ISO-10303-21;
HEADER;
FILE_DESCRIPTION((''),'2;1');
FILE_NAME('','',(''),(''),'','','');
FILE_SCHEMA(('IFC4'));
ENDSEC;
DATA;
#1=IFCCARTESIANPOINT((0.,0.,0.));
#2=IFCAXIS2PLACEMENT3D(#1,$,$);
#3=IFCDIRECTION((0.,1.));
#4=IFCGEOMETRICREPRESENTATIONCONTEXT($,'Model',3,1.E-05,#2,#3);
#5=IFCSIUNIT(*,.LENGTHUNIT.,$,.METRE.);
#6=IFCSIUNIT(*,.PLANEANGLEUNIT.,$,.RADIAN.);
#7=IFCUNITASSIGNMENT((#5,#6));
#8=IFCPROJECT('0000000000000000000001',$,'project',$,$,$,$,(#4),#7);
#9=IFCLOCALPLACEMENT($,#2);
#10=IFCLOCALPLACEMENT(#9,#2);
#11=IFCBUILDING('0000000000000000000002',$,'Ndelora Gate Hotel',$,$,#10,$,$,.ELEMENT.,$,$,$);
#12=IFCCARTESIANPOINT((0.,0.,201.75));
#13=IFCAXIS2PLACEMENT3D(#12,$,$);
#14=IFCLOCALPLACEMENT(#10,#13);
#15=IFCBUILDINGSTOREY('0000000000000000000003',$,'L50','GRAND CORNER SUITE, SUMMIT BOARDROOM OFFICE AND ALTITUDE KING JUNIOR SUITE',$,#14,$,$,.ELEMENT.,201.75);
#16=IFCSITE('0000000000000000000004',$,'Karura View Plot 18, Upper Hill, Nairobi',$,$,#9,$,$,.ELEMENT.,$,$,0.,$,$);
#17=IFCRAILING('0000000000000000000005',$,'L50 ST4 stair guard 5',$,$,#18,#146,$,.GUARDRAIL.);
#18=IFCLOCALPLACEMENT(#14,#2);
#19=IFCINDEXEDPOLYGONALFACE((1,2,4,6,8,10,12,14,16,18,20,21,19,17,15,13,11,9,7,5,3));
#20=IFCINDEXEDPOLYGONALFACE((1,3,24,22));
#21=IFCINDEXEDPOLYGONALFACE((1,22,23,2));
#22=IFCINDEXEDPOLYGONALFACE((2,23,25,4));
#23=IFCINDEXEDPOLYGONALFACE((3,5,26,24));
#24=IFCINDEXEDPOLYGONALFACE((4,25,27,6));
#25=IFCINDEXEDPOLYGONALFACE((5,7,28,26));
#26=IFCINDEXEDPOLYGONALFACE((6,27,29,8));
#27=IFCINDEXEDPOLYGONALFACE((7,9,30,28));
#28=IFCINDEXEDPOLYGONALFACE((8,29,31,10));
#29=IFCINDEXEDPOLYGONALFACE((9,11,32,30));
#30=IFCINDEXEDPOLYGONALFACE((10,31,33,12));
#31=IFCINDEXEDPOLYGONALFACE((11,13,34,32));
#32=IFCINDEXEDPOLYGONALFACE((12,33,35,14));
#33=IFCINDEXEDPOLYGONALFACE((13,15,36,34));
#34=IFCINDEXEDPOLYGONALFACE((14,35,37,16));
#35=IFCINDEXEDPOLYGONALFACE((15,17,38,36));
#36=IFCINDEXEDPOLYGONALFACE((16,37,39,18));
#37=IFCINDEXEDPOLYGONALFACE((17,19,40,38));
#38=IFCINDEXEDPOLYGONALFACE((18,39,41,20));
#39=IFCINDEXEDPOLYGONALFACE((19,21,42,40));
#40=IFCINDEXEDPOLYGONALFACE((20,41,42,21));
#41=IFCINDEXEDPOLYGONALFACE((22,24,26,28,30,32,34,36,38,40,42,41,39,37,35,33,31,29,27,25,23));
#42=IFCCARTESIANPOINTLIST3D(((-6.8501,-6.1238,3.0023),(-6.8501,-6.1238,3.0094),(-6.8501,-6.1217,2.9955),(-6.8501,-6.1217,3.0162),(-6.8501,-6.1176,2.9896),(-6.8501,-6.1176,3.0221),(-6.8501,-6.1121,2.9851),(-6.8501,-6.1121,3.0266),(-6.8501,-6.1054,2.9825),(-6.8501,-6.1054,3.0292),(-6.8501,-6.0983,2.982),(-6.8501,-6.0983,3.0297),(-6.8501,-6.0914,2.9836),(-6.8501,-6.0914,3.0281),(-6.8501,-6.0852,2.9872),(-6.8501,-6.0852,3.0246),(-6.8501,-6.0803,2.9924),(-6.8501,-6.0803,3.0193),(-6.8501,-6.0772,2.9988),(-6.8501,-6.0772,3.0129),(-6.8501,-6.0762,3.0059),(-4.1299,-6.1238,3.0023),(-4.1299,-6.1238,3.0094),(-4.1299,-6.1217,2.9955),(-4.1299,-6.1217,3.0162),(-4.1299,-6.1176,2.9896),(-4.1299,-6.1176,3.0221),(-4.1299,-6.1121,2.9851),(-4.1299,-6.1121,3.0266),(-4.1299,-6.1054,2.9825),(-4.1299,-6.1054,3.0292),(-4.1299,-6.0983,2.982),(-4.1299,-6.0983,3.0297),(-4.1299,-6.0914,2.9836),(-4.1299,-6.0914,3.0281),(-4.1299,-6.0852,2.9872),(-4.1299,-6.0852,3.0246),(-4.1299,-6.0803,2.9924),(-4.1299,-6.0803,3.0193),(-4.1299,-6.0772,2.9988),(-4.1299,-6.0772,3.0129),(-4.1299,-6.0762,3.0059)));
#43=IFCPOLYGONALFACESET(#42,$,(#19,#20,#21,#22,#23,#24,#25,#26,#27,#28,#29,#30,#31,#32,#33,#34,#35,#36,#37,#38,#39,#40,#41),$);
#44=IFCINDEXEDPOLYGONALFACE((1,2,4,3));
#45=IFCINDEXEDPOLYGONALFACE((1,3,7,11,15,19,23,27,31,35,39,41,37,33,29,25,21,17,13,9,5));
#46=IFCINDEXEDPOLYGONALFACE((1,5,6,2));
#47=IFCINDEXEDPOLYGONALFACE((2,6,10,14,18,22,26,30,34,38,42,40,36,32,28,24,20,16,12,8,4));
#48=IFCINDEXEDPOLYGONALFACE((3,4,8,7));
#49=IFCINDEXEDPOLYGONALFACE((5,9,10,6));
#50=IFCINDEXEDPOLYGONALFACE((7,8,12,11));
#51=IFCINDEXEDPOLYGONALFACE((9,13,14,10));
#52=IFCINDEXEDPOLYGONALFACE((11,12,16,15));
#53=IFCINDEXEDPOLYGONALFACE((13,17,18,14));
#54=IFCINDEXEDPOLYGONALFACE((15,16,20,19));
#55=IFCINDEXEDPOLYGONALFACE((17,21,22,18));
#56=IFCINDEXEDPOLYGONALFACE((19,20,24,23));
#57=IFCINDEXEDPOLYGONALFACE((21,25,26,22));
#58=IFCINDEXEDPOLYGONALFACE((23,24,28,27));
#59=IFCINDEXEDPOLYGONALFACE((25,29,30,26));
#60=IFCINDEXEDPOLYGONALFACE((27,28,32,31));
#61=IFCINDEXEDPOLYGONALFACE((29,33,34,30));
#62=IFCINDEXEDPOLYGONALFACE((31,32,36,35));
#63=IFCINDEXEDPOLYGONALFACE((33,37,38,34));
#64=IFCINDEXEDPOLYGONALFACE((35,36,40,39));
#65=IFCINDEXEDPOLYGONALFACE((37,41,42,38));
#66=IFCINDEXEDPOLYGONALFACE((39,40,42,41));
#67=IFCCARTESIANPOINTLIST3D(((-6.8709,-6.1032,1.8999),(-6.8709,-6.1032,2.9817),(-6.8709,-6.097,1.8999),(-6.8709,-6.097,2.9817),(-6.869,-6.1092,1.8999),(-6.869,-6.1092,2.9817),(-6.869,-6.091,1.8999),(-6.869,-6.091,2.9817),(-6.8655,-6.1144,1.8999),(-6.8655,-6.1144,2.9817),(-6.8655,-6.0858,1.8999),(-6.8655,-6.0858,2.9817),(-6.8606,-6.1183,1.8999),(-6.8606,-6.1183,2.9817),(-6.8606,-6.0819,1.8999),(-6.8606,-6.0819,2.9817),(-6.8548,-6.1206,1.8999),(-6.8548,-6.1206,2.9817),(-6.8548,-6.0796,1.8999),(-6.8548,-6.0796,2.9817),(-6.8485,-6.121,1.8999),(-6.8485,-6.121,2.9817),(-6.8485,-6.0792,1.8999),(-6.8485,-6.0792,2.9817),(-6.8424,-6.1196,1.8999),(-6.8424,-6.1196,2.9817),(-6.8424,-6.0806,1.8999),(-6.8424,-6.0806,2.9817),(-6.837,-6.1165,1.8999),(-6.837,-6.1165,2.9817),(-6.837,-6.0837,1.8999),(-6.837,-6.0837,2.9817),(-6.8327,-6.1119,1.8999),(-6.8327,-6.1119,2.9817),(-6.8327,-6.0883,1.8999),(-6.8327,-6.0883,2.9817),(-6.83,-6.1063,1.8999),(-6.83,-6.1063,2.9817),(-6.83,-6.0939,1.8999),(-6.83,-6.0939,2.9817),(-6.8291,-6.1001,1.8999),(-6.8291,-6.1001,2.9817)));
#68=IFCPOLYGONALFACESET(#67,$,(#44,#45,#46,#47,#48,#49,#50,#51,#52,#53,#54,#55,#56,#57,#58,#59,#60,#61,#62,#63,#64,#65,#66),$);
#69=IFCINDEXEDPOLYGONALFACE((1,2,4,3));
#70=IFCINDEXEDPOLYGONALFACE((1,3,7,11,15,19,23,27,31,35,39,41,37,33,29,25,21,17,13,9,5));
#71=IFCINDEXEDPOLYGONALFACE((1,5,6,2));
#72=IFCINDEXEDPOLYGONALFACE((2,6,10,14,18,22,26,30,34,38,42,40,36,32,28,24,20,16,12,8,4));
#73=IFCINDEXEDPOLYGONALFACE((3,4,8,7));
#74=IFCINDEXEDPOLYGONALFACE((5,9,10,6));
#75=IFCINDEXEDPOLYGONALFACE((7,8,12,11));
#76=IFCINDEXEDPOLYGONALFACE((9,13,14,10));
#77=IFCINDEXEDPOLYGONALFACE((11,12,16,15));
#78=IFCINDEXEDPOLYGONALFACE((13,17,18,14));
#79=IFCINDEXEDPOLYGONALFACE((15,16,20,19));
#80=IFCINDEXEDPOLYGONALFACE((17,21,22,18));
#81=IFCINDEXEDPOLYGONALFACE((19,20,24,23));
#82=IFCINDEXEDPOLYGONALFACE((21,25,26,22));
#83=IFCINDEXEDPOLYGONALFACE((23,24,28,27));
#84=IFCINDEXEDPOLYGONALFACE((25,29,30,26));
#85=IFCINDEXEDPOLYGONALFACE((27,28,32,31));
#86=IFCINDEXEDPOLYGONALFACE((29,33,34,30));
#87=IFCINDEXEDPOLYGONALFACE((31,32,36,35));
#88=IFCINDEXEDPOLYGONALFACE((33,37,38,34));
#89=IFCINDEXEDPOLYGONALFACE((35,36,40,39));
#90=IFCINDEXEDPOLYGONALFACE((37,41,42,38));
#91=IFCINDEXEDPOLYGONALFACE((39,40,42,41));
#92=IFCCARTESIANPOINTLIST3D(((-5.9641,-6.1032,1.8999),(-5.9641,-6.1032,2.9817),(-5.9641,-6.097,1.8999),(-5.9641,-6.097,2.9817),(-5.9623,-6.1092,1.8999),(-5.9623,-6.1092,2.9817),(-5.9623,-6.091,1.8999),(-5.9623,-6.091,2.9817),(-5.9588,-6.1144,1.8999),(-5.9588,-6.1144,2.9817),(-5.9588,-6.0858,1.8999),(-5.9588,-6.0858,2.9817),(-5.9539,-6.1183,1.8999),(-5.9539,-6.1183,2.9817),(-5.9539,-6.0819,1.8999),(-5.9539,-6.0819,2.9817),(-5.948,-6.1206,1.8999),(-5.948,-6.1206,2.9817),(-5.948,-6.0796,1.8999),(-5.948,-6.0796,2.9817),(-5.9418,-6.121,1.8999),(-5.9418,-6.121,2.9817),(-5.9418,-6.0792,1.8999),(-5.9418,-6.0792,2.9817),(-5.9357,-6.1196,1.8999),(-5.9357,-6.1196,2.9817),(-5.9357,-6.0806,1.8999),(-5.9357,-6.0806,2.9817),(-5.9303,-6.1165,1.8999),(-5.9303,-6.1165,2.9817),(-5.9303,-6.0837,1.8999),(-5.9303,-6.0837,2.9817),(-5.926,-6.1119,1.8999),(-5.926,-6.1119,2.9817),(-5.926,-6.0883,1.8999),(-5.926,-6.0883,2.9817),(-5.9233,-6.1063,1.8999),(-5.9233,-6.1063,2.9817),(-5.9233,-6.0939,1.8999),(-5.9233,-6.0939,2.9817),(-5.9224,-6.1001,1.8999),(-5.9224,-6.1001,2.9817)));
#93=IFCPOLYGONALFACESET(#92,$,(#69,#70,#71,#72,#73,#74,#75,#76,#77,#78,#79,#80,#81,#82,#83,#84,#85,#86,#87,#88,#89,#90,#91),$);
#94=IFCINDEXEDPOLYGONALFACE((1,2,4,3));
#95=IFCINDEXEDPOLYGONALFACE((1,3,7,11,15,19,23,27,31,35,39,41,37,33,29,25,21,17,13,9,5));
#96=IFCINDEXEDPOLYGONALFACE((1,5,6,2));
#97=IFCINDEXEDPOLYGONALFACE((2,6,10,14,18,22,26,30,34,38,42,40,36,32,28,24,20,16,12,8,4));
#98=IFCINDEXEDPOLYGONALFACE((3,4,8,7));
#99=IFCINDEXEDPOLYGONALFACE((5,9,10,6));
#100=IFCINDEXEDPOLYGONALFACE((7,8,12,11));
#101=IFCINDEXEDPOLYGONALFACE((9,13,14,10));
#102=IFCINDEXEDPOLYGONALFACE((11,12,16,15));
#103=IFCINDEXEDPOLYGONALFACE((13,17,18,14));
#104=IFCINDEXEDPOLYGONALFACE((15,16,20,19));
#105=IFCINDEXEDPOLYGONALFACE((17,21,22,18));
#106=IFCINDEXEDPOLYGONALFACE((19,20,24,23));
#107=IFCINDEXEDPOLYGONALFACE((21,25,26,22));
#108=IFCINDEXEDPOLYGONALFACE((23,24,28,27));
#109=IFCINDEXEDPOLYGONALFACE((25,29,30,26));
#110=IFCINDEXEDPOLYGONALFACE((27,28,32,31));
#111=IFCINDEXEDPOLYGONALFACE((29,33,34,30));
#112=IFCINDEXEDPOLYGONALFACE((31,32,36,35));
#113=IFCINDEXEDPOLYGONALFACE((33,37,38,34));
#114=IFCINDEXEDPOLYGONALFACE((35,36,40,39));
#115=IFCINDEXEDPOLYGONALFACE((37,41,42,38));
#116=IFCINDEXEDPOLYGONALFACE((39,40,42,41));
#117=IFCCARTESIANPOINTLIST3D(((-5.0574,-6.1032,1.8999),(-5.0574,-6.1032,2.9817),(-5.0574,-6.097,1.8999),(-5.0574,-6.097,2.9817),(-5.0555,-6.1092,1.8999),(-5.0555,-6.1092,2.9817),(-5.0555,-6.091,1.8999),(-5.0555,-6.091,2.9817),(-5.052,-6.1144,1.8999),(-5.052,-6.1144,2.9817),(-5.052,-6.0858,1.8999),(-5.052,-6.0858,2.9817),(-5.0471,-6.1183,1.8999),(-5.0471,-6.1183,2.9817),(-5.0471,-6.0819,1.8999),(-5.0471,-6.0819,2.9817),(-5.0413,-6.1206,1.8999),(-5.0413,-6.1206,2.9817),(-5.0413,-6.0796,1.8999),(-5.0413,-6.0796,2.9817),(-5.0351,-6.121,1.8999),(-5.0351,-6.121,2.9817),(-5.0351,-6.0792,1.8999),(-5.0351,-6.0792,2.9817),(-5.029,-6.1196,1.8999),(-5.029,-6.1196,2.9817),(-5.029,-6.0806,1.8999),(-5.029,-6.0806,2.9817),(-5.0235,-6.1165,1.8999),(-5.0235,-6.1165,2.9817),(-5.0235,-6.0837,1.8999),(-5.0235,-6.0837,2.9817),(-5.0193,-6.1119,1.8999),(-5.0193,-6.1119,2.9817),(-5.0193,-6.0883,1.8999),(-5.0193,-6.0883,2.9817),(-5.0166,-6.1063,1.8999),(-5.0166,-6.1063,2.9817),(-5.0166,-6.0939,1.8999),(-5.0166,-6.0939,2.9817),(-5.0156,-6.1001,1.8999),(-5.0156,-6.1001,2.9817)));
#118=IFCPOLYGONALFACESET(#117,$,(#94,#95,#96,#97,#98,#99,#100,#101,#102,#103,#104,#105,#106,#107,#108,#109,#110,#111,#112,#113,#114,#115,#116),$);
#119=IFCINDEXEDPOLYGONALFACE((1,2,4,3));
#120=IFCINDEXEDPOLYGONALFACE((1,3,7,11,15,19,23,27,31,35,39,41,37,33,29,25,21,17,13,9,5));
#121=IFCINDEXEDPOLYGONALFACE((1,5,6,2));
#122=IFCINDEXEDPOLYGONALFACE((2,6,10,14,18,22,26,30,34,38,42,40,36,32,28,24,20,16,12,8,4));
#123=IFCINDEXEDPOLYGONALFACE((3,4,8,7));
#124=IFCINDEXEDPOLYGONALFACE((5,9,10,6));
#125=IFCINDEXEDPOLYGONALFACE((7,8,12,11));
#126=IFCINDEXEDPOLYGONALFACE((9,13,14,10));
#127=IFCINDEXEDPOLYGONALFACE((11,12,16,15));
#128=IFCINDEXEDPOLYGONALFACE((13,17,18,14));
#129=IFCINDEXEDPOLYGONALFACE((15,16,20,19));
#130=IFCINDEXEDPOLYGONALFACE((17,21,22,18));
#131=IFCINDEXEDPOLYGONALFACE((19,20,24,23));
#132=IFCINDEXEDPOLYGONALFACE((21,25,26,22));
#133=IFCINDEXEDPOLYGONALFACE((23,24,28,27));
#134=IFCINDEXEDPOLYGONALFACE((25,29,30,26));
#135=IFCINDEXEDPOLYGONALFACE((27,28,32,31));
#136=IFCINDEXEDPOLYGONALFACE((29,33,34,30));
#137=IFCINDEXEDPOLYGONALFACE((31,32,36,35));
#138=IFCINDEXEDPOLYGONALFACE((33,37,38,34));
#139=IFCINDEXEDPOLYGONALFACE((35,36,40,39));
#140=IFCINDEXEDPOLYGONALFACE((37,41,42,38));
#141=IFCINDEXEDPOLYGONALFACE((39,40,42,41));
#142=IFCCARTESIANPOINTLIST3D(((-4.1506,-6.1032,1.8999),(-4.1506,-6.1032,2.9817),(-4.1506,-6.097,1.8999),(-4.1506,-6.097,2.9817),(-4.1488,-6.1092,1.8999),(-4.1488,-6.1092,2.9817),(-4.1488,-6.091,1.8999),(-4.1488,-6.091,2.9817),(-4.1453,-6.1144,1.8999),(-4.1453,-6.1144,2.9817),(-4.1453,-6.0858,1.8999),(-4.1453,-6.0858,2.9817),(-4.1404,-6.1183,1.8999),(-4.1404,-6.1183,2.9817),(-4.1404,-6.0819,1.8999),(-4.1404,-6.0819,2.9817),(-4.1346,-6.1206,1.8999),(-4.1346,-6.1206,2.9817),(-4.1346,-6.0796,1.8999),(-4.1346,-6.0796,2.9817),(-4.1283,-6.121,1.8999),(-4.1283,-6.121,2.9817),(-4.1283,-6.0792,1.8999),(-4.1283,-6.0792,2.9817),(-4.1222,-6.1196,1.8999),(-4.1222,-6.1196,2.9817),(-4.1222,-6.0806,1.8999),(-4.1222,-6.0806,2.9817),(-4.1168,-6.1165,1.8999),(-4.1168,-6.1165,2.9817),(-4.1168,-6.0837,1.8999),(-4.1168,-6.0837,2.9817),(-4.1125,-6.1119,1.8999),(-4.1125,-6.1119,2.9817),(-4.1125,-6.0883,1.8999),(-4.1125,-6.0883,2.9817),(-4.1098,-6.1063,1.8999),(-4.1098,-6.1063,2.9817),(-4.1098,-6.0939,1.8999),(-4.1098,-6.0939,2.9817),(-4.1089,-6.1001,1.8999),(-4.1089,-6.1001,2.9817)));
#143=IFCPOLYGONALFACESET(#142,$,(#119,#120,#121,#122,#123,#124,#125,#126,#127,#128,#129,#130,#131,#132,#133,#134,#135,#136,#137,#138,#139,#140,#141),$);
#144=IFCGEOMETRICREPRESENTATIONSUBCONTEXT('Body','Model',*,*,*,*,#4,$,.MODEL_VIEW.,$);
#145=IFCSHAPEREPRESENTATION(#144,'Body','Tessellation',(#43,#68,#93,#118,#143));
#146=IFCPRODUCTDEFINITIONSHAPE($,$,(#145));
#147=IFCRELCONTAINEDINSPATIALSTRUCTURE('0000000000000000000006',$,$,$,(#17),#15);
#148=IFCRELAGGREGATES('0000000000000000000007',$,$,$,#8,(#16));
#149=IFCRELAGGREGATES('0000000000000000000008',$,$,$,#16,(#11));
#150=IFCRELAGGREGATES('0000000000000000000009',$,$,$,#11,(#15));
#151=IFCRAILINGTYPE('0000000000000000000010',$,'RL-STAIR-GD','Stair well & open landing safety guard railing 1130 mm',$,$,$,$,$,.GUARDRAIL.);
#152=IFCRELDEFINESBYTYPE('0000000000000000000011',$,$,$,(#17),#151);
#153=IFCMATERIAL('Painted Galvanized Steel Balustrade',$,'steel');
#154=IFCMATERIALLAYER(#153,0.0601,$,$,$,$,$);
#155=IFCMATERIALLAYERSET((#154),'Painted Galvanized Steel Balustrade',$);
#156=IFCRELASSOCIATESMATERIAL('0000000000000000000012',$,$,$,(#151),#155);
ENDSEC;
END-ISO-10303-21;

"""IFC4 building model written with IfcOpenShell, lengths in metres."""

from ifc_helpers import new_model, si_unit, direction, frame, origin, origin_2d, place, context, subcontext, project, spatial, circle, extrude, material, layer, layer_set, type_object, element, save


model = new_model("IFC4")

# Units and contexts
model_context = context("Model", 3, precision=1e-05, world=origin(), true_north=direction((0.0, 1.0)))
body_context = subcontext(model_context, "Body", "Model", "MODEL_VIEW")
ifc_project = project(units=[si_unit("LENGTHUNIT", "METRE"), si_unit("PLANEANGLEUNIT", "RADIAN")], contexts=[model_context])

# Site, building, storey
site_placement = place(None, origin())
site = spatial("IfcSite", under=ifc_project, at=site_placement, Name="Karura View Plot 18, Upper Hill, Nairobi", CompositionType="ELEMENT", RefElevation=0.0)
building_placement = place(site_placement, origin())
building = spatial("IfcBuilding", under=site, at=building_placement, Name="Ndelora Gate Hotel", CompositionType="ELEMENT")
storey_placement = place(building_placement, frame((0.0, 0.0, 201.75)))
storey = spatial("IfcBuildingStorey", under=building, at=storey_placement, Name="L50", Description="GRAND CORNER SUITE, SUMMIT BOARDROOM OFFICE AND ALTITUDE KING JUNIOR SUITE", CompositionType="ELEMENT", Elevation=201.75)

# Railing
ifc_material_1 = material(Name="Painted Galvanized Steel Balustrade", Category="steel")
ifc_layer_1 = layer(ifc_material_1, 0.0601)
ifc_layer_set_1 = layer_set([ifc_layer_1], Name="Painted Galvanized Steel Balustrade")
railing_type_1 = type_object("IfcRailingType", Name="RL-STAIR-GD", Description="Stair well & open landing safety guard railing 1130 mm", PredefinedType="GUARDRAIL", material=ifc_layer_set_1)
railing_1_placement = place(storey_placement, frame((-6.8501, -6.1001, 1.8999)))
element("IfcRailing", 1, at=railing_1_placement, inside=storey, type_object=railing_type_1, Name="L50 ST4 stair guard 5", PredefinedType="GUARDRAIL", context=body_context, shape_type="SweptSolid", body=[
    extrude(circle(Radius=0.0239, at=origin_2d()), frame((0.0, 0.0, 1.106), z_axis=(1.0, 0.0, 0.0), x_axis=(0.0, 1.0, 0.0)), (0.0, 0.0, 1.0), 2.7202),
    extrude(circle(Radius=0.021, at=origin_2d()), origin(), (0.0, 0.0, 1.0), 1.0818),
    extrude(circle(Radius=0.021, at=origin_2d()), frame((0.9067, 0.0, 0.0)), (0.0, 0.0, 1.0), 1.0818),
    extrude(circle(Radius=0.021, at=origin_2d()), frame((1.8135, 0.0, 0.0)), (0.0, 0.0, 1.0), 1.0818),
    extrude(circle(Radius=0.021, at=origin_2d()), frame((2.7202, 0.0, 0.0)), (0.0, 0.0, 1.0), 1.0818),
])

save(model, "model.ifc")
